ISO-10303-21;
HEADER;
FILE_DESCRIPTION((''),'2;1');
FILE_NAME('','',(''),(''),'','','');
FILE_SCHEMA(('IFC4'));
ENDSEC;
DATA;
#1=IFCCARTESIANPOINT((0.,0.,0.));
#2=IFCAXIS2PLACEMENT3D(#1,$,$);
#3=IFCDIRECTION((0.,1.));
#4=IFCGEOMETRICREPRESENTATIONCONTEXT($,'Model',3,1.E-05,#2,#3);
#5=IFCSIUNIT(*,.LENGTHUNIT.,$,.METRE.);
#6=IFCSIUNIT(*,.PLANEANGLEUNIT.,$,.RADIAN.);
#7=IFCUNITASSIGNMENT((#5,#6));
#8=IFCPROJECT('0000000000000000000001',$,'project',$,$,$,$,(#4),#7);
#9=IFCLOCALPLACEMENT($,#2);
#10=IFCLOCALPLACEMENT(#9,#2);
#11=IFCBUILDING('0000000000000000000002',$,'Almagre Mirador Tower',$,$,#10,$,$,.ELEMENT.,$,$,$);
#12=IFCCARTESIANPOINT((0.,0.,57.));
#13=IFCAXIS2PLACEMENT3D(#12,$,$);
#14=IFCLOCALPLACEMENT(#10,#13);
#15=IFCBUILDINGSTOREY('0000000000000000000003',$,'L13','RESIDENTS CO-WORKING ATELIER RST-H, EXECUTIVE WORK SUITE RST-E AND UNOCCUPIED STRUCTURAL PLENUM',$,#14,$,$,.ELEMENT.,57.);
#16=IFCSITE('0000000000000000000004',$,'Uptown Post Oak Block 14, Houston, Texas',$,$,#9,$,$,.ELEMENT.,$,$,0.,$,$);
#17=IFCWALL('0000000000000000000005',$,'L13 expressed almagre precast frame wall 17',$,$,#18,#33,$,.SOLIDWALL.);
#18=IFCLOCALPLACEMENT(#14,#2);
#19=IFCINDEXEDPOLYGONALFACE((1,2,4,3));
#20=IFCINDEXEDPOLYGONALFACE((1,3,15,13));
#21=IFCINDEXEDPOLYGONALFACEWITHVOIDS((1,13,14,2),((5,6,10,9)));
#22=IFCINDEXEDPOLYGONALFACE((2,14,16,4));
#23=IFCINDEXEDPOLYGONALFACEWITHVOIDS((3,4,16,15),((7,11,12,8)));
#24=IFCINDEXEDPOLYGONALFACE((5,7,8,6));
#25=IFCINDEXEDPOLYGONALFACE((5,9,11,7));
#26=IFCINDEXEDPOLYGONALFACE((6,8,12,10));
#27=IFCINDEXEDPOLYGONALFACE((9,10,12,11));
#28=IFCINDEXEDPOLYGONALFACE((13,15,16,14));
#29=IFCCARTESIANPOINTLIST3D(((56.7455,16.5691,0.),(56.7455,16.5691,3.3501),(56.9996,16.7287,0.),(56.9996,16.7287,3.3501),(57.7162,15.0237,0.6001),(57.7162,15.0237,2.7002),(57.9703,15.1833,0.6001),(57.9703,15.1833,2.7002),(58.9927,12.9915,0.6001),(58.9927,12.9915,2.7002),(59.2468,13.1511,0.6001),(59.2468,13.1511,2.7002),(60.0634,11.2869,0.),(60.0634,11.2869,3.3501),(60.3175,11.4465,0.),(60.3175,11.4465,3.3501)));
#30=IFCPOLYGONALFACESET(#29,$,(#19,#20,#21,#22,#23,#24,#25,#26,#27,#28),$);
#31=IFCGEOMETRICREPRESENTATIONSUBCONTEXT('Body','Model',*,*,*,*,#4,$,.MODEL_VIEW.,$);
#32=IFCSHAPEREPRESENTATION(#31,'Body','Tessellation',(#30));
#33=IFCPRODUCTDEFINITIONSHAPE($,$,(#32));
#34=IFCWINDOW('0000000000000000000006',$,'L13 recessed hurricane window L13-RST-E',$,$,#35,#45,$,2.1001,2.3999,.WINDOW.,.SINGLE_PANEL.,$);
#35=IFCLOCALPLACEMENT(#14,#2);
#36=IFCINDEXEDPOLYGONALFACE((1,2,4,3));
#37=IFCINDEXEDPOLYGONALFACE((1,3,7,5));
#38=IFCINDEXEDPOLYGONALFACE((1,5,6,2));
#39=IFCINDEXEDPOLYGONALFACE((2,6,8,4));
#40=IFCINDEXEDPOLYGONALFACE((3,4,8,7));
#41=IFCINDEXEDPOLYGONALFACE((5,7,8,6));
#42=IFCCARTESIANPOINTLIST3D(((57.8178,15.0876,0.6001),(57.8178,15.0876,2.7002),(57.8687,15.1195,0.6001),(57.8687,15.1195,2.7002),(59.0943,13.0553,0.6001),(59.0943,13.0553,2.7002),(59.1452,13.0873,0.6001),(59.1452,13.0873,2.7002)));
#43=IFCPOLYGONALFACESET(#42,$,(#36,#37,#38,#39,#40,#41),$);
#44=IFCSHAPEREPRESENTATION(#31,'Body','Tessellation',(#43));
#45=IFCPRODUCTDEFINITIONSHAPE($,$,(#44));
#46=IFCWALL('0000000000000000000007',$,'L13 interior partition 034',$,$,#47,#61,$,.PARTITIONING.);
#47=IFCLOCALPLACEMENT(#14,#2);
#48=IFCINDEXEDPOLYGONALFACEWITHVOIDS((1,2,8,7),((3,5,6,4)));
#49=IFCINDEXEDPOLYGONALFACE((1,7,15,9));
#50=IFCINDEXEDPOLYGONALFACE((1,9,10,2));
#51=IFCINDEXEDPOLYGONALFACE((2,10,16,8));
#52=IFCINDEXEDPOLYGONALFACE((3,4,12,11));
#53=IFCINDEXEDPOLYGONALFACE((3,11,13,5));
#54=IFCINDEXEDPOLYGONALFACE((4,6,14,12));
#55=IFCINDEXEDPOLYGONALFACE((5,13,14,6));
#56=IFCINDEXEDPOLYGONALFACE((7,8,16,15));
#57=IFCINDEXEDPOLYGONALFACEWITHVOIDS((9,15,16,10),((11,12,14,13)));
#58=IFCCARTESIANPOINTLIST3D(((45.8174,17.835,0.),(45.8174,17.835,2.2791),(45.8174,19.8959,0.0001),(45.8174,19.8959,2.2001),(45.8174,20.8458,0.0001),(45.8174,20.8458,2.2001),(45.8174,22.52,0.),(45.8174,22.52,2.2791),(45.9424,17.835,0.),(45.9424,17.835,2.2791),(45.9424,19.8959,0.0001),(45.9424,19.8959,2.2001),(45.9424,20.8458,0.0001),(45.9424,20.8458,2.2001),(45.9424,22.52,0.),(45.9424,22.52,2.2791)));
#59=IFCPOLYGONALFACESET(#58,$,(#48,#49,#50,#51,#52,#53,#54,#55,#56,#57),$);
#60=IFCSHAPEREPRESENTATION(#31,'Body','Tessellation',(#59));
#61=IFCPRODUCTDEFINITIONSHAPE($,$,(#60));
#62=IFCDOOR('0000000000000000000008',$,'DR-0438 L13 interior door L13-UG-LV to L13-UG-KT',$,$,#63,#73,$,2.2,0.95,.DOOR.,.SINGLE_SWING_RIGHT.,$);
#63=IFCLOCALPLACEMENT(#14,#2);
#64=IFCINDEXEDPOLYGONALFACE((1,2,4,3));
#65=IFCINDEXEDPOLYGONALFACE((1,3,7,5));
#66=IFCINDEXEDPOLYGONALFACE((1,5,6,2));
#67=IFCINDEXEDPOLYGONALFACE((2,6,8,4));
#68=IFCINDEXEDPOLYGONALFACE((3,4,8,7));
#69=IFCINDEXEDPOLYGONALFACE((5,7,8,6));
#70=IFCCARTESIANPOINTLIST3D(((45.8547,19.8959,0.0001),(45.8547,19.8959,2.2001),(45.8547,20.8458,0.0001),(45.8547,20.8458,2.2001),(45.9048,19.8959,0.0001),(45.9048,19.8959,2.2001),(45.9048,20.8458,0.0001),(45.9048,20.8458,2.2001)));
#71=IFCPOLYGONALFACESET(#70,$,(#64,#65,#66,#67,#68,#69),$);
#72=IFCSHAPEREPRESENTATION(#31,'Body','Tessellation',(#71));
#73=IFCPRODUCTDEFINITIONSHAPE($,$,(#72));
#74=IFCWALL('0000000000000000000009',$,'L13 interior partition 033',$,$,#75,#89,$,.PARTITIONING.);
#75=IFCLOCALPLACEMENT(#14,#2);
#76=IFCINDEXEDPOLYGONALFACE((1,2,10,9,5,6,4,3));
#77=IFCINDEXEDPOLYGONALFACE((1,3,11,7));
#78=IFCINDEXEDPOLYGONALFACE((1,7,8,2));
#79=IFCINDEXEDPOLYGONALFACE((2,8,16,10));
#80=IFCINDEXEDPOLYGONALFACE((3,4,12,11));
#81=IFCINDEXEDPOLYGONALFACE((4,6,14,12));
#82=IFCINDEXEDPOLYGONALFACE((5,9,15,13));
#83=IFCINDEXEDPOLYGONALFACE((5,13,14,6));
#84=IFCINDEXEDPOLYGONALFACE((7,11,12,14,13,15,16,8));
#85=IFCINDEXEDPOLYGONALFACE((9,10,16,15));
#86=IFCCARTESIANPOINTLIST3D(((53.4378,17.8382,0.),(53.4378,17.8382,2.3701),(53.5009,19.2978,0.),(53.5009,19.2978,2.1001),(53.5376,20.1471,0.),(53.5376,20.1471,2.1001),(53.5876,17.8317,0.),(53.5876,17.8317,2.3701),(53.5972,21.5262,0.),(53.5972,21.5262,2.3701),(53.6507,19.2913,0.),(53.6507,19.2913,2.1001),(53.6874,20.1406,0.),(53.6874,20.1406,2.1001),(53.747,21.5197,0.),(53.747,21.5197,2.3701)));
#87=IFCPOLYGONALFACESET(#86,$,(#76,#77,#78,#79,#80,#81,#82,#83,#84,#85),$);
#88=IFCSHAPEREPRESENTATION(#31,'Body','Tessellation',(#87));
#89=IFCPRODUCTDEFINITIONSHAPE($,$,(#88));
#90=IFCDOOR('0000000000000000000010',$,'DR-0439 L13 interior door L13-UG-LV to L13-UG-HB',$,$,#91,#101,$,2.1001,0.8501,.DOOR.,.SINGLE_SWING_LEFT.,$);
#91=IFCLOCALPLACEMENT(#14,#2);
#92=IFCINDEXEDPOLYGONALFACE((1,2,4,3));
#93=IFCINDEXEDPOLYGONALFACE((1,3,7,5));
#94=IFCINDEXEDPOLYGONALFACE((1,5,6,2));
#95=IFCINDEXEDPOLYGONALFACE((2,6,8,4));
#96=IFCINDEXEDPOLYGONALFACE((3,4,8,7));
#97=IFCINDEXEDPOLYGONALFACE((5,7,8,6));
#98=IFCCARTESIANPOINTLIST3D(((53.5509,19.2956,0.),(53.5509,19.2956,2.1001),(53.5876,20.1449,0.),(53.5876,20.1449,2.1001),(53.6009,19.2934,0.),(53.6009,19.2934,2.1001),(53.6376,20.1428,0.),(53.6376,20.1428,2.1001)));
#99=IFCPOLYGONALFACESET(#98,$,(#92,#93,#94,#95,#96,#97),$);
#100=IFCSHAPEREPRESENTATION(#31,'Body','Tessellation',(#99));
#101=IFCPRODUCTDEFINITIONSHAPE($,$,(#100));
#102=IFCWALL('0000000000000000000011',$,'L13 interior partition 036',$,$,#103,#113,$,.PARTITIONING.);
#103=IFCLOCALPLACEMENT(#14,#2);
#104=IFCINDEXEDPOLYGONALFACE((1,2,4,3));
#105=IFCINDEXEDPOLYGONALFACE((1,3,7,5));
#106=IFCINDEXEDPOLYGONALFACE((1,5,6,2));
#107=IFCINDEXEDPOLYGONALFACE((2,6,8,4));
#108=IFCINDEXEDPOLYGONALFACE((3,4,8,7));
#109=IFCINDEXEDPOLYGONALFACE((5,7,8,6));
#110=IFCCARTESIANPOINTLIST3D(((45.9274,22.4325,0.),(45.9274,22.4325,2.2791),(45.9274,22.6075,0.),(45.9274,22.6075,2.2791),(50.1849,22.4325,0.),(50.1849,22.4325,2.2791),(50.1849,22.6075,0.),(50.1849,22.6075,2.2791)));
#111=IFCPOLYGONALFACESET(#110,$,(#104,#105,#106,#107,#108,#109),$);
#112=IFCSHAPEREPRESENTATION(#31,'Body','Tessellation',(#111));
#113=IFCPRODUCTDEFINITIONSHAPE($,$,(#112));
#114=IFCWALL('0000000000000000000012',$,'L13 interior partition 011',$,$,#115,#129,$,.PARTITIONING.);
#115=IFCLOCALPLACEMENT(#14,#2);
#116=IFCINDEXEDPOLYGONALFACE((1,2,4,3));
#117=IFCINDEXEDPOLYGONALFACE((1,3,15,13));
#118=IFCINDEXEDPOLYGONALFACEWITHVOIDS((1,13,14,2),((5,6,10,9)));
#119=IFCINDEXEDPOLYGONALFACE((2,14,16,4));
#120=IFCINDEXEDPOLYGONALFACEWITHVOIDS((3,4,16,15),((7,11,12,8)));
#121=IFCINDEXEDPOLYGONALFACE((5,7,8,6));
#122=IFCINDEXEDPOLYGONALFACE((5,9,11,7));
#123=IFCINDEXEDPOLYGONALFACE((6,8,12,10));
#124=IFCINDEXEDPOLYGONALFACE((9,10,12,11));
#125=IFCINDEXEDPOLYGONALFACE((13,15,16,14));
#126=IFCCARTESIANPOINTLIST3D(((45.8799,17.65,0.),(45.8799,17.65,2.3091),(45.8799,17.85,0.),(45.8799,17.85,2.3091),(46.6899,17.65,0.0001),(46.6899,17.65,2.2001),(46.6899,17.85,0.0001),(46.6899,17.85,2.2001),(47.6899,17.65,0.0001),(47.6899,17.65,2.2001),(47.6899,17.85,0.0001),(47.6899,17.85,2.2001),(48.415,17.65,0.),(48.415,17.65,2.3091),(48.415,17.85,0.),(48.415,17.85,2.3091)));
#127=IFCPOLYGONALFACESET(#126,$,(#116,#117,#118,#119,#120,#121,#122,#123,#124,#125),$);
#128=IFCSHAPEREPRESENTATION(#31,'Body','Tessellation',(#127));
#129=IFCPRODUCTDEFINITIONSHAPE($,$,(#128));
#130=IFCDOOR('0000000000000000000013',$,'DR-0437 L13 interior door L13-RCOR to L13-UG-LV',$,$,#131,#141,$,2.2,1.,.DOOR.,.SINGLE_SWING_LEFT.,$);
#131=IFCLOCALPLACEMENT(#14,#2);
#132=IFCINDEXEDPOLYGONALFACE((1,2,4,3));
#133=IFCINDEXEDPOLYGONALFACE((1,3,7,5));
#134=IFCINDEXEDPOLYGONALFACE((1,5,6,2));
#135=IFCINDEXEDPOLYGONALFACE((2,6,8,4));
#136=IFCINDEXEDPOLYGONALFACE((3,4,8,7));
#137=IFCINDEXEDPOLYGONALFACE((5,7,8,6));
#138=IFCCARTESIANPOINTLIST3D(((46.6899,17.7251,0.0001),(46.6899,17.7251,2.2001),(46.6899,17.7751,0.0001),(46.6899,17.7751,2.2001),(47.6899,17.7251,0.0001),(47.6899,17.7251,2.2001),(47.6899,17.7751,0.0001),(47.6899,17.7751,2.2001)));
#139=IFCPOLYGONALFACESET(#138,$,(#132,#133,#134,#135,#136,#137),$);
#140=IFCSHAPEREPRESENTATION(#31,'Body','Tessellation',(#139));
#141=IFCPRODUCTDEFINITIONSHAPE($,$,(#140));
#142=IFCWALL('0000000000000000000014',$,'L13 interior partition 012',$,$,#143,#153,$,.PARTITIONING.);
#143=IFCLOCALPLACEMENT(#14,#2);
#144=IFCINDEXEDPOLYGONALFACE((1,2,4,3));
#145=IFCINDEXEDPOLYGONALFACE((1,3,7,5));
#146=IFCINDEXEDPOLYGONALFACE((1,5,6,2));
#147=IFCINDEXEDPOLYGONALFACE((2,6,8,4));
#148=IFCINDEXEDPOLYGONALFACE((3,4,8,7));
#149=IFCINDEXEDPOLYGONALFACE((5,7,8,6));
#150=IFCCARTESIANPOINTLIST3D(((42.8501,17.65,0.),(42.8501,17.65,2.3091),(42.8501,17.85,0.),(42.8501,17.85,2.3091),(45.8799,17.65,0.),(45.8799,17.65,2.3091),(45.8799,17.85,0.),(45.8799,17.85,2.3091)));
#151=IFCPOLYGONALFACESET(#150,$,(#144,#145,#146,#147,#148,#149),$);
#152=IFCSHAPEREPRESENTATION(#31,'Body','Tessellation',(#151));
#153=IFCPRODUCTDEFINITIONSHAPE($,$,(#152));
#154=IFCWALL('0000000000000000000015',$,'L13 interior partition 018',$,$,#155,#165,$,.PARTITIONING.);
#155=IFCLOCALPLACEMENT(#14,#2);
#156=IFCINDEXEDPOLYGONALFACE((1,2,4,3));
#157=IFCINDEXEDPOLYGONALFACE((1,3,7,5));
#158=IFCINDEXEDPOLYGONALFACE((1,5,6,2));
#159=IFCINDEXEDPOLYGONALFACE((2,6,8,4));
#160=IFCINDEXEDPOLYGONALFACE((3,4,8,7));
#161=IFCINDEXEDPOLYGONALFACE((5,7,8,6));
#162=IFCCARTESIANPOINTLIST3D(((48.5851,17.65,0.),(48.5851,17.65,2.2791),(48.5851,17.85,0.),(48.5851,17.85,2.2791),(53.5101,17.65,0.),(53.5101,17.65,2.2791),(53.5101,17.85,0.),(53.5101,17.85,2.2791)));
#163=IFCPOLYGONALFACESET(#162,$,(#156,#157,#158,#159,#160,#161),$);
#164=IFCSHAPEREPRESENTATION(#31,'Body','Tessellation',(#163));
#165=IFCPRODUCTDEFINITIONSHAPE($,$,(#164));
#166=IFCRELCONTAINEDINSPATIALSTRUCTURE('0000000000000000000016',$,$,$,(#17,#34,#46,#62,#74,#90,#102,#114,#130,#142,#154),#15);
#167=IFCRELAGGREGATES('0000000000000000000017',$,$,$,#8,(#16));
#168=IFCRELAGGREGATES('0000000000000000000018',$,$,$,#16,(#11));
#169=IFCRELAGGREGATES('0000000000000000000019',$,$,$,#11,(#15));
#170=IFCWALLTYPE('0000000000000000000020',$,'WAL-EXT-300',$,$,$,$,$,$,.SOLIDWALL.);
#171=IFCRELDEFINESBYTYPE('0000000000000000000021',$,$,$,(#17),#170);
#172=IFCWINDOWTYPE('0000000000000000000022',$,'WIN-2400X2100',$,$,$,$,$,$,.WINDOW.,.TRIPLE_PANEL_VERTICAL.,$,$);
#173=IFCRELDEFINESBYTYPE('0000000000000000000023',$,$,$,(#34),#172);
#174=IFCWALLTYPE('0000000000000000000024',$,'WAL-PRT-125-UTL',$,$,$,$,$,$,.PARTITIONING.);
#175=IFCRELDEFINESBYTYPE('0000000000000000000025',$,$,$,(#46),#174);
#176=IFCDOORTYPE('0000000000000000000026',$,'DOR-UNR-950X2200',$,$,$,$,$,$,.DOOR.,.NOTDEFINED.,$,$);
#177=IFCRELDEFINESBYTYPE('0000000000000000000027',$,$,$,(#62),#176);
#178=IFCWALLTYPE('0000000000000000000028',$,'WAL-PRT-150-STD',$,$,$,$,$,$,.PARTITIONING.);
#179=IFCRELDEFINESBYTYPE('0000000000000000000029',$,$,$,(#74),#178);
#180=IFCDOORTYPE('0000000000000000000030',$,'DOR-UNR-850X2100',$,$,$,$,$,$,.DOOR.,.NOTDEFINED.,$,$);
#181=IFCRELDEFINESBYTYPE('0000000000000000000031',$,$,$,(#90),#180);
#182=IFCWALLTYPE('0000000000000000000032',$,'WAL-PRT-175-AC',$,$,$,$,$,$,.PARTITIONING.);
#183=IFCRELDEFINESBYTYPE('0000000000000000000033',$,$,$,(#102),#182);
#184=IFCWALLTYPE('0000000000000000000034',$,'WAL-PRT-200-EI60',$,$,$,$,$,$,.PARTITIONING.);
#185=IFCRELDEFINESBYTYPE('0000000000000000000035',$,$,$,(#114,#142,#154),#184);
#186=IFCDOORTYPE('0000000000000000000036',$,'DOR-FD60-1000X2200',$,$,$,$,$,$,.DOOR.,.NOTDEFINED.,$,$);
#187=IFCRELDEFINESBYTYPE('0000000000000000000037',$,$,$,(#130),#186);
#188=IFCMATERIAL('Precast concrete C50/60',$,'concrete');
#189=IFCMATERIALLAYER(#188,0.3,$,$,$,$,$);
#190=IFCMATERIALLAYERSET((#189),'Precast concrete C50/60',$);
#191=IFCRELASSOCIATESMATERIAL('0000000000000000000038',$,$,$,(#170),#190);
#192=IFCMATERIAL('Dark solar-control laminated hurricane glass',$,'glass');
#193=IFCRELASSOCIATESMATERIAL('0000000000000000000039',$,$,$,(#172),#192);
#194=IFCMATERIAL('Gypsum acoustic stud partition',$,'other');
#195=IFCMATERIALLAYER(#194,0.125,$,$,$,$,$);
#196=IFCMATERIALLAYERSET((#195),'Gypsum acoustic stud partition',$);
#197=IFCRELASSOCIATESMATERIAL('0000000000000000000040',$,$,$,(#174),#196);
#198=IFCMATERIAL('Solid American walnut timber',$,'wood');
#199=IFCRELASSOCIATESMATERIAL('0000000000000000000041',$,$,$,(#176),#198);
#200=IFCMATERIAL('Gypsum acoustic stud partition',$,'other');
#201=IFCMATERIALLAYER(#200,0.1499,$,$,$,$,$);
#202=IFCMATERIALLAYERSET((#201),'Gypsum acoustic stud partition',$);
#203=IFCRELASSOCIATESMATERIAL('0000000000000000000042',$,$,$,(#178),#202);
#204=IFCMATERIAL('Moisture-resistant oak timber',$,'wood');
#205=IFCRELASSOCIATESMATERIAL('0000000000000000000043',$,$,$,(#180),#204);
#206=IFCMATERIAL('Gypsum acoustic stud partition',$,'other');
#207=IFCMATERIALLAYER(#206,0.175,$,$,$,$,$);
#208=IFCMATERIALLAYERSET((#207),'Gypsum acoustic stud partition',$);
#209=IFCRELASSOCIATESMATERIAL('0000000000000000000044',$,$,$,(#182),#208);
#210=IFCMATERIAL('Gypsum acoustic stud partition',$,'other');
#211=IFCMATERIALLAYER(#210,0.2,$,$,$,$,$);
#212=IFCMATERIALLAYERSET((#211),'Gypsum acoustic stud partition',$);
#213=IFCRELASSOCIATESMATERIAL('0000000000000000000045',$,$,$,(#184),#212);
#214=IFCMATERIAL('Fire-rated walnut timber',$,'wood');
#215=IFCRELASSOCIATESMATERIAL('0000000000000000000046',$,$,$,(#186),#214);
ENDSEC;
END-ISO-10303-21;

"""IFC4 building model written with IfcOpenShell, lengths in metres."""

from ifc_helpers import new_model, si_unit, direction, frame, frame_2d, origin, place, context, subcontext, project, spatial, rectangle, extrude, material, layer, layer_set, type_object, element, fill, save


model = new_model("IFC4")

# Units and contexts
model_context = context("Model", 3, precision=1e-05, world=origin(), true_north=direction((0.0, 1.0)))
body_context = subcontext(model_context, "Body", "Model", "MODEL_VIEW")
ifc_project = project(units=[si_unit("LENGTHUNIT", "METRE"), si_unit("PLANEANGLEUNIT", "RADIAN")], contexts=[model_context])

# Site, building, storey
site_placement = place(None, origin())
site = spatial("IfcSite", under=ifc_project, at=site_placement, Name="Uptown Post Oak Block 14, Houston, Texas", CompositionType="ELEMENT", RefElevation=0.0)
building_placement = place(site_placement, origin())
building = spatial("IfcBuilding", under=site, at=building_placement, Name="Almagre Mirador Tower", CompositionType="ELEMENT")
storey_placement = place(building_placement, frame((0.0, 0.0, 57.0)))
storey = spatial("IfcBuildingStorey", under=building, at=storey_placement, Name="L13", Description="RESIDENTS CO-WORKING ATELIER RST-H, EXECUTIVE WORK SUITE RST-E AND UNOCCUPIED STRUCTURAL PLENUM", CompositionType="ELEMENT", Elevation=57.0)

# Shared definitions
ifc_material_1 = material(Name="Precast concrete C50/60", Category="concrete")
ifc_layer_1 = layer(ifc_material_1, 0.3)
ifc_layer_set_1 = layer_set([ifc_layer_1], Name="Precast concrete C50/60")
wall_type_1 = type_object("IfcWallType", Name="WAL-EXT-300", PredefinedType="SOLIDWALL", material=ifc_layer_set_1)

# Wall, opening, window
wall_1_placement = place(storey_placement, frame((56.8726, 16.6489, 0.0), z_axis=(0.0, 0.0, 1.0), x_axis=(0.531897, -0.846809, 0.0)))
wall_1 = element("IfcWall", 1, at=wall_1_placement, inside=storey, type_object=wall_type_1, Name="L13 expressed almagre precast frame wall 17", PredefinedType="SOLIDWALL", context=body_context, shape_type="SweptSolid", body=[
    extrude(rectangle(XDim=6.2378, YDim=0.3, at=frame_2d((3.1189, 0.0))), origin(), (0.0, 0.0, 1.0), 3.3501),
])
opening_1_placement = place(wall_1_placement, frame((1.825, 0.0, 0.6001)))
opening_1 = element("IfcOpeningElement", 2, at=opening_1_placement, cuts=wall_1, PredefinedType="OPENING", context=body_context, shape_type="SweptSolid", body=[
    extrude(rectangle(XDim=2.3999, YDim=2.1001, at=frame_2d((1.2, 1.05))), frame((0.0, 0.1599, 0.0), z_axis=(0.0, -1.0, 0.0), x_axis=(1.0, 0.0, 0.0)), (0.0, 0.0, 1.0), 0.32),
])
ifc_material_2 = material(Name="Dark solar-control laminated hurricane glass", Category="glass")
window_type = type_object("IfcWindowType", Name="WIN-2400X2100", PartitioningType="TRIPLE_PANEL_VERTICAL", PredefinedType="WINDOW", material=ifc_material_2)
window_placement = place(opening_1_placement, origin())
window = element("IfcWindow", 3, at=window_placement, inside=storey, type_object=window_type, Name="L13 recessed hurricane window L13-RST-E", OverallHeight=2.1001, OverallWidth=2.3999, PartitioningType="SINGLE_PANEL", PredefinedType="WINDOW", context=body_context, shape_type="SweptSolid", body=[
    extrude(rectangle(XDim=2.3999, YDim=2.1001, at=frame_2d((1.2, 1.05))), frame((0.0, 0.03, 0.0), z_axis=(0.0, -1.0, 0.0), x_axis=(1.0, 0.0, 0.0)), (0.0, 0.0, 1.0), 0.0601),
])
fill(opening_1, window)

# Walls, openings, doors
ifc_material_3 = material(Name="Gypsum acoustic stud partition", Category="other")
ifc_layer_2 = layer(ifc_material_3, 0.125)
ifc_layer_set_2 = layer_set([ifc_layer_2], Name="Gypsum acoustic stud partition")
wall_type_2 = type_object("IfcWallType", Name="WAL-PRT-125-UTL", PredefinedType="PARTITIONING", material=ifc_layer_set_2)
wall_2_placement = place(storey_placement, frame((45.8799, 22.52, 0.0), z_axis=(0.0, 0.0, 1.0), x_axis=(0.0, -1.0, 0.0)))
wall_2 = element("IfcWall", 4, at=wall_2_placement, inside=storey, type_object=wall_type_2, Name="L13 interior partition 034", PredefinedType="PARTITIONING", context=body_context, shape_type="SweptSolid", body=[
    extrude(rectangle(XDim=4.6851, YDim=0.125, at=frame_2d((2.3425, 0.0))), origin(), (0.0, 0.0, 1.0), 2.2791),
])
opening_2_placement = place(wall_2_placement, frame((1.6741, 0.0, 0.0)))
opening_2 = element("IfcOpeningElement", 5, at=opening_2_placement, cuts=wall_2, PredefinedType="OPENING", context=body_context, shape_type="SweptSolid", body=[
    extrude(rectangle(XDim=0.95, YDim=2.2, at=frame_2d((0.4751, 1.1001))), frame((0.0, 0.0725, 0.0), z_axis=(0.0, -1.0, 0.0), x_axis=(1.0, 0.0, 0.0)), (0.0, 0.0, 1.0), 0.145),
])
ifc_material_4 = material(Name="Solid American walnut timber", Category="wood")
door_type_1 = type_object("IfcDoorType", Name="DOR-UNR-950X2200", OperationType="NOTDEFINED", PredefinedType="DOOR", material=ifc_material_4)
door_1_placement = place(opening_2_placement, origin())
door_1 = element("IfcDoor", 6, at=door_1_placement, inside=storey, type_object=door_type_1, Name="DR-0438 L13 interior door L13-UG-LV to L13-UG-KT", OperationType="SINGLE_SWING_RIGHT", OverallHeight=2.2, OverallWidth=0.95, PredefinedType="DOOR", context=body_context, shape_type="SweptSolid", body=[
    extrude(rectangle(XDim=0.95, YDim=2.2, at=frame_2d((0.4751, 1.1001))), frame((0.0, 0.0249, 0.0), z_axis=(0.0, -1.0, 0.0), x_axis=(1.0, 0.0, 0.0)), (0.0, 0.0, 1.0), 0.05),
])
fill(opening_2, door_1)
ifc_material_5 = material(Name="Gypsum acoustic stud partition", Category="other")
ifc_layer_3 = layer(ifc_material_5, 0.1499)
ifc_layer_set_3 = layer_set([ifc_layer_3], Name="Gypsum acoustic stud partition")
wall_type_3 = type_object("IfcWallType", Name="WAL-PRT-150-STD", PredefinedType="PARTITIONING", material=ifc_layer_set_3)
wall_3_placement = place(storey_placement, frame((53.5127, 17.835, 0.0), z_axis=(0.0, 0.0, 1.0), x_axis=(0.043188, 0.999067, 0.0)))
wall_3 = element("IfcWall", 7, at=wall_3_placement, inside=storey, type_object=wall_type_3, Name="L13 interior partition 033", PredefinedType="PARTITIONING", context=body_context, shape_type="SweptSolid", body=[
    extrude(rectangle(XDim=3.6914, YDim=0.1499, at=frame_2d((1.8457, 0.0))), origin(), (0.0, 0.0, 1.0), 2.3701),
])
opening_3_placement = place(wall_3_placement, frame((1.4609, 0.0, 0.0)))
opening_3 = element("IfcOpeningElement", 8, at=opening_3_placement, cuts=wall_3, PredefinedType="OPENING", context=body_context, shape_type="SweptSolid", body=[
    extrude(rectangle(XDim=0.8501, YDim=2.1001, at=frame_2d((0.425, 1.05))), frame((0.0, 0.085, 0.0), z_axis=(0.0, -1.0, 0.0), x_axis=(1.0, 0.0, 0.0)), (0.0, 0.0, 1.0), 0.1699),
])
ifc_material_6 = material(Name="Moisture-resistant oak timber", Category="wood")
door_type_2 = type_object("IfcDoorType", Name="DOR-UNR-850X2100", OperationType="NOTDEFINED", PredefinedType="DOOR", material=ifc_material_6)
door_2_placement = place(opening_3_placement, origin())
door_2 = element("IfcDoor", 9, at=door_2_placement, inside=storey, type_object=door_type_2, Name="DR-0439 L13 interior door L13-UG-LV to L13-UG-HB", OperationType="SINGLE_SWING_LEFT", OverallHeight=2.1001, OverallWidth=0.8501, PredefinedType="DOOR", context=body_context, shape_type="SweptSolid", body=[
    extrude(rectangle(XDim=0.8501, YDim=2.1001, at=frame_2d((0.425, 1.05))), frame((0.0, 0.0249, 0.0), z_axis=(0.0, -1.0, 0.0), x_axis=(1.0, 0.0, 0.0)), (0.0, 0.0, 1.0), 0.05),
])
fill(opening_3, door_2)

# Wall
ifc_material_7 = material(Name="Gypsum acoustic stud partition", Category="other")
ifc_layer_4 = layer(ifc_material_7, 0.175)
ifc_layer_set_4 = layer_set([ifc_layer_4], Name="Gypsum acoustic stud partition")
wall_type_4 = type_object("IfcWallType", Name="WAL-PRT-175-AC", PredefinedType="PARTITIONING", material=ifc_layer_set_4)
wall_4_placement = place(storey_placement, frame((50.1851, 22.52, 0.0), z_axis=(0.0, 0.0, 1.0), x_axis=(-1.0, 0.0, 0.0)))
element("IfcWall", 10, at=wall_4_placement, inside=storey, type_object=wall_type_4, Name="L13 interior partition 036", PredefinedType="PARTITIONING", context=body_context, shape_type="SweptSolid", body=[
    extrude(rectangle(XDim=4.2576, YDim=0.175, at=frame_2d((2.1289, 0.0))), origin(), (0.0, 0.0, 1.0), 2.2791),
])

# Wall, opening, door
ifc_material_8 = material(Name="Gypsum acoustic stud partition", Category="other")
ifc_layer_5 = layer(ifc_material_8, 0.2)
ifc_layer_set_5 = layer_set([ifc_layer_5], Name="Gypsum acoustic stud partition")
wall_type_5 = type_object("IfcWallType", Name="WAL-PRT-200-EI60", PredefinedType="PARTITIONING", material=ifc_layer_set_5)
wall_5_placement = place(storey_placement, frame((48.415, 17.75, 0.0), z_axis=(0.0, 0.0, 1.0), x_axis=(-1.0, 0.0, 0.0)))
wall_5 = element("IfcWall", 11, at=wall_5_placement, inside=storey, type_object=wall_type_5, Name="L13 interior partition 011", PredefinedType="PARTITIONING", context=body_context, shape_type="SweptSolid", body=[
    extrude(rectangle(XDim=2.5352, YDim=0.2, at=frame_2d((1.2676, 0.0))), origin(), (0.0, 0.0, 1.0), 2.3091),
])
opening_4_placement = place(wall_5_placement, frame((0.7251, 0.0, 0.0)))
opening_4 = element("IfcOpeningElement", 12, at=opening_4_placement, cuts=wall_5, PredefinedType="OPENING", context=body_context, shape_type="SweptSolid", body=[
    extrude(rectangle(XDim=1.0, YDim=2.2, at=frame_2d((0.5, 1.1001))), frame((0.0, 0.1101, 0.0), z_axis=(0.0, -1.0, 0.0), x_axis=(1.0, 0.0, 0.0)), (0.0, 0.0, 1.0), 0.22),
])
ifc_material_9 = material(Name="Fire-rated walnut timber", Category="wood")
door_type_3 = type_object("IfcDoorType", Name="DOR-FD60-1000X2200", OperationType="NOTDEFINED", PredefinedType="DOOR", material=ifc_material_9)
door_3_placement = place(opening_4_placement, origin())
door_3 = element("IfcDoor", 13, at=door_3_placement, inside=storey, type_object=door_type_3, Name="DR-0437 L13 interior door L13-RCOR to L13-UG-LV", OperationType="SINGLE_SWING_LEFT", OverallHeight=2.2, OverallWidth=1.0, PredefinedType="DOOR", context=body_context, shape_type="SweptSolid", body=[
    extrude(rectangle(XDim=1.0, YDim=2.2, at=frame_2d((0.5, 1.1001))), frame((0.0, 0.0249, 0.0), z_axis=(0.0, -1.0, 0.0), x_axis=(1.0, 0.0, 0.0)), (0.0, 0.0, 1.0), 0.05),
])
fill(opening_4, door_3)

# Walls
wall_6_placement = place(storey_placement, frame((45.8799, 17.75, 0.0), z_axis=(0.0, 0.0, 1.0), x_axis=(-1.0, 0.0, 0.0)))
element("IfcWall", 14, at=wall_6_placement, inside=storey, type_object=wall_type_5, Name="L13 interior partition 012", PredefinedType="PARTITIONING", context=body_context, shape_type="SweptSolid", body=[
    extrude(rectangle(XDim=3.0298, YDim=0.2, at=frame_2d((1.5149, 0.0))), origin(), (0.0, 0.0, 1.0), 2.3091),
])
wall_7_placement = place(storey_placement, frame((53.51, 17.75, 0.0), z_axis=(0.0, 0.0, 1.0), x_axis=(-1.0, 0.0, 0.0)))
element("IfcWall", 15, at=wall_7_placement, inside=storey, type_object=wall_type_5, Name="L13 interior partition 018", PredefinedType="PARTITIONING", context=body_context, shape_type="SweptSolid", body=[
    extrude(rectangle(XDim=4.925, YDim=0.2, at=frame_2d((2.4624, 0.0))), origin(), (0.0, 0.0, 1.0), 2.2791),
])

save(model, "model.ifc")
